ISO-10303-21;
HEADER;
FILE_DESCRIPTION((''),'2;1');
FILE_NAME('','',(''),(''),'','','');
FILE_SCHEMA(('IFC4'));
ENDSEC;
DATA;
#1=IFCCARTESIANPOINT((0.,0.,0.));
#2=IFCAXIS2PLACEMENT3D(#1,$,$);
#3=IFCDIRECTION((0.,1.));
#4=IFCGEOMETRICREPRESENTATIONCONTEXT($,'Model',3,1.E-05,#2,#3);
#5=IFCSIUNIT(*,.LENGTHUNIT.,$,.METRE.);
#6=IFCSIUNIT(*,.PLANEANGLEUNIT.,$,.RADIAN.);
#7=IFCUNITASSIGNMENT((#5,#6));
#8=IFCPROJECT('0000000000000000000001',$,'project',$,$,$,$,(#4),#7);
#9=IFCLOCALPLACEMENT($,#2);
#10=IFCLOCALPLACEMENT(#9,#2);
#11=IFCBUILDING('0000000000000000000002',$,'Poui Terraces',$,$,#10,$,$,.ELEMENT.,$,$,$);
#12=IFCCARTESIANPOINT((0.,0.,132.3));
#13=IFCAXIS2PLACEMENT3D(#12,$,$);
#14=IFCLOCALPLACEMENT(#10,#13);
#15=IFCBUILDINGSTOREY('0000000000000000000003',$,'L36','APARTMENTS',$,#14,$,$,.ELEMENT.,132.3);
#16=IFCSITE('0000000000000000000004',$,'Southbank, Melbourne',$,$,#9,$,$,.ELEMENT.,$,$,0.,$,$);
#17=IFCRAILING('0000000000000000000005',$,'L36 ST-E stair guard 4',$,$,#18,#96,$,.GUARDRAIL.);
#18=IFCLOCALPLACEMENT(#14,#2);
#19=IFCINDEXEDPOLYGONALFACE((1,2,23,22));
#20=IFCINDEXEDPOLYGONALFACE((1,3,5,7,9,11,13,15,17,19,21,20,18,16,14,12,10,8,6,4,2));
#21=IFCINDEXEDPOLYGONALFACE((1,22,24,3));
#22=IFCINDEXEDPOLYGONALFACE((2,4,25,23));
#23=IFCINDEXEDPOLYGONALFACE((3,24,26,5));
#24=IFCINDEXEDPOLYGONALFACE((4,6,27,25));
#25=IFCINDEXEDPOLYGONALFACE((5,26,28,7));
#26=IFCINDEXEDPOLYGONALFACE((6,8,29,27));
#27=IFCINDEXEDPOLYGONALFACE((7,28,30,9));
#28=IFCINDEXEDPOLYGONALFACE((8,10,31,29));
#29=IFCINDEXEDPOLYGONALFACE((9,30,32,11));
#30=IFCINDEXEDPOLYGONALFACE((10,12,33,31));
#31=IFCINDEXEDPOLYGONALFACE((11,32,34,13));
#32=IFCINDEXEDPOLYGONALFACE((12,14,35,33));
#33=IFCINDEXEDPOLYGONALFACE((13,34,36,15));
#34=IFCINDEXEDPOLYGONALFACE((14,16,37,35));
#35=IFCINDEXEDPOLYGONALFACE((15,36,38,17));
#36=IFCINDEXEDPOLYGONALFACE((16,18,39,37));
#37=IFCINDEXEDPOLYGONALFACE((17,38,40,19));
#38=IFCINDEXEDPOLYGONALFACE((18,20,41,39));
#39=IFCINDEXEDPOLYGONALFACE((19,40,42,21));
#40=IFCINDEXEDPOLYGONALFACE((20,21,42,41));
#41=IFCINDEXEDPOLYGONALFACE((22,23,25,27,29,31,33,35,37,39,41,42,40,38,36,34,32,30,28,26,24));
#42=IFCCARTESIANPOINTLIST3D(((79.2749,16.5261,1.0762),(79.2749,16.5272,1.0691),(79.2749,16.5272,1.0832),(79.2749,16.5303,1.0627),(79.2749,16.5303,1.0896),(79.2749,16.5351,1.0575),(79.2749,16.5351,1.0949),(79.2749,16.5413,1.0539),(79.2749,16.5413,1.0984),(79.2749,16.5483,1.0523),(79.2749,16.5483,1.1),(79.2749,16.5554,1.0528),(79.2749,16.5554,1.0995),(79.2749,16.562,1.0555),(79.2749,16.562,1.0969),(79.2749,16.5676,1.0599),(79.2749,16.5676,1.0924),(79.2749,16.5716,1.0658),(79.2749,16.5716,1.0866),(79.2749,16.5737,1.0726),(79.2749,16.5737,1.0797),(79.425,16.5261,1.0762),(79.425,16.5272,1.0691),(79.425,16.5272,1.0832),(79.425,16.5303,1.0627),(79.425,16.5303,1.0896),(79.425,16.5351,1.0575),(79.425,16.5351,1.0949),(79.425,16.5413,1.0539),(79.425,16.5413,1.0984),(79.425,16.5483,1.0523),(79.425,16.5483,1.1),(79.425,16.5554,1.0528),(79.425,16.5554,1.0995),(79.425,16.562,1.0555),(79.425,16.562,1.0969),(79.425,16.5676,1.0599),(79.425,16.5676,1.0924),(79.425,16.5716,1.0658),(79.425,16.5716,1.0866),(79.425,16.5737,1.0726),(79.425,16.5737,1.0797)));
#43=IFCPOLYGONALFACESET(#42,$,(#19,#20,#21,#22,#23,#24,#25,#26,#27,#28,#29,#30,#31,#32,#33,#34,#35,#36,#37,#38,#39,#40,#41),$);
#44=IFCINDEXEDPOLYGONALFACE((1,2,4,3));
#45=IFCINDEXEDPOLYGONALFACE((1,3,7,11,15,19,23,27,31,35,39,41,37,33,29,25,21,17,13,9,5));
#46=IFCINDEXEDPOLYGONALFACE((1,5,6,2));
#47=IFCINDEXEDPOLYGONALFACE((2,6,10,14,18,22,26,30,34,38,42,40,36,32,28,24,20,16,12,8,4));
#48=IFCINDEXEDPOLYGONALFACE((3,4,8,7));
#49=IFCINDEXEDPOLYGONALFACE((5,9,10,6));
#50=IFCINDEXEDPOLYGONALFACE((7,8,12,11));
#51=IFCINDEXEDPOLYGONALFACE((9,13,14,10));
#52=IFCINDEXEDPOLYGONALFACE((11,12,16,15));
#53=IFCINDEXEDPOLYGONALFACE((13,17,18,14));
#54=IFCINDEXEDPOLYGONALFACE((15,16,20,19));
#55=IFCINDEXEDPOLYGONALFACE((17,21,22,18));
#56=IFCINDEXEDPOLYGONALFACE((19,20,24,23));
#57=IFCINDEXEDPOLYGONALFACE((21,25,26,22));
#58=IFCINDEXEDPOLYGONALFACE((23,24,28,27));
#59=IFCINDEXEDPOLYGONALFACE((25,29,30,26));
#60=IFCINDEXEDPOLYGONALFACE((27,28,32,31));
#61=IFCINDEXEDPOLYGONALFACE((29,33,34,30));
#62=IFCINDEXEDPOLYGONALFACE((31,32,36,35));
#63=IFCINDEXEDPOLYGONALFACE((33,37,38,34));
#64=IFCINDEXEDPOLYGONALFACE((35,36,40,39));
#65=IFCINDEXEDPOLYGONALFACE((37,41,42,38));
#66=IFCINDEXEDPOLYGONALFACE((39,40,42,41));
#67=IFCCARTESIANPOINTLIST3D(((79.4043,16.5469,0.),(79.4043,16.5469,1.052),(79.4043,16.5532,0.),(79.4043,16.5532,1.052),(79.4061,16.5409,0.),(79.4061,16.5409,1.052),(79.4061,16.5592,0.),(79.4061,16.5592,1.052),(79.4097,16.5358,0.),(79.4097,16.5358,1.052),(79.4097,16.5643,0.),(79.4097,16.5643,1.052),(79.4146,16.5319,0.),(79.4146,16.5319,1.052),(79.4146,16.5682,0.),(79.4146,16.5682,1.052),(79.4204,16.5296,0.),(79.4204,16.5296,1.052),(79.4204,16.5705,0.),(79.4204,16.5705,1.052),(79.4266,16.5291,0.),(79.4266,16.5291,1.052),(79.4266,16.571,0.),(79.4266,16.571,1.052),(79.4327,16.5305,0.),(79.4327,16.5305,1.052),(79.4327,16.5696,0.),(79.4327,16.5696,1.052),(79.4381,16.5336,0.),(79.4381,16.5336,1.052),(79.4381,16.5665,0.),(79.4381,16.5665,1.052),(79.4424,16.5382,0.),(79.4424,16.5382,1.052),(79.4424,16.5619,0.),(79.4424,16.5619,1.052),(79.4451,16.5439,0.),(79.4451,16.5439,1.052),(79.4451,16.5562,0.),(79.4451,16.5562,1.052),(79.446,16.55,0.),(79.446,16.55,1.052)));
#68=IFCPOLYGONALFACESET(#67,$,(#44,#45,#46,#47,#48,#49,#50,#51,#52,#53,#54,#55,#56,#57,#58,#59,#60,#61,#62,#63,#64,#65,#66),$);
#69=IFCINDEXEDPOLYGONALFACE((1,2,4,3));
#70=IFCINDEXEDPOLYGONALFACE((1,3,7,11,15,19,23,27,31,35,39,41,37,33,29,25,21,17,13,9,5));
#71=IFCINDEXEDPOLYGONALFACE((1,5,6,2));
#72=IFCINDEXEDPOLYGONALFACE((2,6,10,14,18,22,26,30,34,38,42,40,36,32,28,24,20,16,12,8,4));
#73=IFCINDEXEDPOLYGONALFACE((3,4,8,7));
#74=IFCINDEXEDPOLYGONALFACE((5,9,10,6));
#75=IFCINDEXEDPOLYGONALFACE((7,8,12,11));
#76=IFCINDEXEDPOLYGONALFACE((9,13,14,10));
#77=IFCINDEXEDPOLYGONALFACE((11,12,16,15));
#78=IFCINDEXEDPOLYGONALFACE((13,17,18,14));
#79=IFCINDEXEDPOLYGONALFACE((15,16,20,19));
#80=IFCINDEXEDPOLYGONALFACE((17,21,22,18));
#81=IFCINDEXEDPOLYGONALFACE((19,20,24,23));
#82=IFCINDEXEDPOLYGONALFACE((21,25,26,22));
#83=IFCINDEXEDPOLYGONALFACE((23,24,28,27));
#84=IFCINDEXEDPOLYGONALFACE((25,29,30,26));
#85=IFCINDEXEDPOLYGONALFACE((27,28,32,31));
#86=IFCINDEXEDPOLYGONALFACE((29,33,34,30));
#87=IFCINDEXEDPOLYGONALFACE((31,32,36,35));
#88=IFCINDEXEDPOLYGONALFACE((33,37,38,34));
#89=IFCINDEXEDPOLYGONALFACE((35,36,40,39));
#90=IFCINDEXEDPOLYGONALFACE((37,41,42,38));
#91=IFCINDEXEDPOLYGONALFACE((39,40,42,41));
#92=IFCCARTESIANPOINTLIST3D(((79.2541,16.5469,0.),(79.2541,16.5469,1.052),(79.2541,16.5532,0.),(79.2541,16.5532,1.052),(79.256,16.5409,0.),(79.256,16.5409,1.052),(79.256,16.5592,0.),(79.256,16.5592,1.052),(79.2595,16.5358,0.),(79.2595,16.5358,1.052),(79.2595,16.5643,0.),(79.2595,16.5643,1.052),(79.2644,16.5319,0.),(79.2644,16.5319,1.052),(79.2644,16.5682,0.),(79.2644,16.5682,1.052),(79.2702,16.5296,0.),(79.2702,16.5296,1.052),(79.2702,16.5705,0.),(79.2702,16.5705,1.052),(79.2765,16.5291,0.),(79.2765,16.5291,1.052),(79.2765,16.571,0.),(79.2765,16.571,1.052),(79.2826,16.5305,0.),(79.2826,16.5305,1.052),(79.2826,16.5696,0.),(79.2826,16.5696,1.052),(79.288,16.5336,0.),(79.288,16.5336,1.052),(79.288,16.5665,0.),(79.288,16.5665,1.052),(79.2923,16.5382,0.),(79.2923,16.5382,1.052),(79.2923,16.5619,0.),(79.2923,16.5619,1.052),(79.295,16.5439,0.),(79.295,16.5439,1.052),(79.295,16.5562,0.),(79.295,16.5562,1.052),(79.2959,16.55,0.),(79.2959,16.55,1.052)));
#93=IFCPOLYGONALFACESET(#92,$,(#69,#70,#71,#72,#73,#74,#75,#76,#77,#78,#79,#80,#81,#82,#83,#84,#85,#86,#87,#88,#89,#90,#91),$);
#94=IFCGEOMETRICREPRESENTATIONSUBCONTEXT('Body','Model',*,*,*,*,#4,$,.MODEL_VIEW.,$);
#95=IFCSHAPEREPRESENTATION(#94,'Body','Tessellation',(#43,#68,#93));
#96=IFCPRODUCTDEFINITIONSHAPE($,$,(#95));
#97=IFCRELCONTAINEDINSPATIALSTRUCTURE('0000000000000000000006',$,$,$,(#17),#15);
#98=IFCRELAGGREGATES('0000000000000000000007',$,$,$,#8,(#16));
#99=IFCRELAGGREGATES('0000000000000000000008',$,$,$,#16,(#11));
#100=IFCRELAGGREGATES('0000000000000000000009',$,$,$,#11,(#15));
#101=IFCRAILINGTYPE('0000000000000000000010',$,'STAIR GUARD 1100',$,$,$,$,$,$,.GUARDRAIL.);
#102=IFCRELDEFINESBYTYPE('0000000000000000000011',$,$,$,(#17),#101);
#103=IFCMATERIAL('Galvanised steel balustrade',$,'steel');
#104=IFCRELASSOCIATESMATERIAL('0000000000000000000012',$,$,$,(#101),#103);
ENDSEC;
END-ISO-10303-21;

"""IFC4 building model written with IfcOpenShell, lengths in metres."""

from ifc_helpers import new_model, si_unit, direction, frame, origin, origin_2d, place, context, subcontext, project, spatial, circle, extrude, material, type_object, element, save


model = new_model("IFC4")

# Units and contexts
model_context = context("Model", 3, precision=1e-05, world=origin(), true_north=direction((0.0, 1.0)))
body_context = subcontext(model_context, "Body", "Model", "MODEL_VIEW")
ifc_project = project(units=[si_unit("LENGTHUNIT", "METRE"), si_unit("PLANEANGLEUNIT", "RADIAN")], contexts=[model_context])

# Site, building, storey
site_placement = place(None, origin())
site = spatial("IfcSite", under=ifc_project, at=site_placement, Name="Southbank, Melbourne", CompositionType="ELEMENT", RefElevation=0.0)
building_placement = place(site_placement, origin())
building = spatial("IfcBuilding", under=site, at=building_placement, Name="Poui Terraces", CompositionType="ELEMENT")
storey_placement = place(building_placement, frame((0.0, 0.0, 132.3)))
storey = spatial("IfcBuildingStorey", under=building, at=storey_placement, Name="L36", Description="APARTMENTS", CompositionType="ELEMENT", Elevation=132.3)

# Railing
ifc_material_1 = material(Name="Galvanised steel balustrade", Category="steel")
railing_type_1 = type_object("IfcRailingType", Name="STAIR GUARD 1100", PredefinedType="GUARDRAIL", material=ifc_material_1)
railing_1_placement = place(storey_placement, frame((79.425, 16.55, 0.0)))
element("IfcRailing", 1, at=railing_1_placement, inside=storey, type_object=railing_type_1, Name="L36 ST-E stair guard 4", PredefinedType="GUARDRAIL", context=body_context, shape_type="SweptSolid", body=[
    extrude(circle(Radius=0.0239, at=origin_2d()), frame((0.0, 0.0, 1.0762), z_axis=(-1.0, 0.0, 0.0), x_axis=(0.0, -1.0, 0.0)), (0.0, 0.0, 1.0), 0.1501),
    extrude(circle(Radius=0.021, at=origin_2d()), origin(), (0.0, 0.0, 1.0), 1.052),
    extrude(circle(Radius=0.021, at=origin_2d()), frame((-0.1501, 0.0, 0.0)), (0.0, 0.0, 1.0), 1.052),
])

save(model, "model.ifc")
